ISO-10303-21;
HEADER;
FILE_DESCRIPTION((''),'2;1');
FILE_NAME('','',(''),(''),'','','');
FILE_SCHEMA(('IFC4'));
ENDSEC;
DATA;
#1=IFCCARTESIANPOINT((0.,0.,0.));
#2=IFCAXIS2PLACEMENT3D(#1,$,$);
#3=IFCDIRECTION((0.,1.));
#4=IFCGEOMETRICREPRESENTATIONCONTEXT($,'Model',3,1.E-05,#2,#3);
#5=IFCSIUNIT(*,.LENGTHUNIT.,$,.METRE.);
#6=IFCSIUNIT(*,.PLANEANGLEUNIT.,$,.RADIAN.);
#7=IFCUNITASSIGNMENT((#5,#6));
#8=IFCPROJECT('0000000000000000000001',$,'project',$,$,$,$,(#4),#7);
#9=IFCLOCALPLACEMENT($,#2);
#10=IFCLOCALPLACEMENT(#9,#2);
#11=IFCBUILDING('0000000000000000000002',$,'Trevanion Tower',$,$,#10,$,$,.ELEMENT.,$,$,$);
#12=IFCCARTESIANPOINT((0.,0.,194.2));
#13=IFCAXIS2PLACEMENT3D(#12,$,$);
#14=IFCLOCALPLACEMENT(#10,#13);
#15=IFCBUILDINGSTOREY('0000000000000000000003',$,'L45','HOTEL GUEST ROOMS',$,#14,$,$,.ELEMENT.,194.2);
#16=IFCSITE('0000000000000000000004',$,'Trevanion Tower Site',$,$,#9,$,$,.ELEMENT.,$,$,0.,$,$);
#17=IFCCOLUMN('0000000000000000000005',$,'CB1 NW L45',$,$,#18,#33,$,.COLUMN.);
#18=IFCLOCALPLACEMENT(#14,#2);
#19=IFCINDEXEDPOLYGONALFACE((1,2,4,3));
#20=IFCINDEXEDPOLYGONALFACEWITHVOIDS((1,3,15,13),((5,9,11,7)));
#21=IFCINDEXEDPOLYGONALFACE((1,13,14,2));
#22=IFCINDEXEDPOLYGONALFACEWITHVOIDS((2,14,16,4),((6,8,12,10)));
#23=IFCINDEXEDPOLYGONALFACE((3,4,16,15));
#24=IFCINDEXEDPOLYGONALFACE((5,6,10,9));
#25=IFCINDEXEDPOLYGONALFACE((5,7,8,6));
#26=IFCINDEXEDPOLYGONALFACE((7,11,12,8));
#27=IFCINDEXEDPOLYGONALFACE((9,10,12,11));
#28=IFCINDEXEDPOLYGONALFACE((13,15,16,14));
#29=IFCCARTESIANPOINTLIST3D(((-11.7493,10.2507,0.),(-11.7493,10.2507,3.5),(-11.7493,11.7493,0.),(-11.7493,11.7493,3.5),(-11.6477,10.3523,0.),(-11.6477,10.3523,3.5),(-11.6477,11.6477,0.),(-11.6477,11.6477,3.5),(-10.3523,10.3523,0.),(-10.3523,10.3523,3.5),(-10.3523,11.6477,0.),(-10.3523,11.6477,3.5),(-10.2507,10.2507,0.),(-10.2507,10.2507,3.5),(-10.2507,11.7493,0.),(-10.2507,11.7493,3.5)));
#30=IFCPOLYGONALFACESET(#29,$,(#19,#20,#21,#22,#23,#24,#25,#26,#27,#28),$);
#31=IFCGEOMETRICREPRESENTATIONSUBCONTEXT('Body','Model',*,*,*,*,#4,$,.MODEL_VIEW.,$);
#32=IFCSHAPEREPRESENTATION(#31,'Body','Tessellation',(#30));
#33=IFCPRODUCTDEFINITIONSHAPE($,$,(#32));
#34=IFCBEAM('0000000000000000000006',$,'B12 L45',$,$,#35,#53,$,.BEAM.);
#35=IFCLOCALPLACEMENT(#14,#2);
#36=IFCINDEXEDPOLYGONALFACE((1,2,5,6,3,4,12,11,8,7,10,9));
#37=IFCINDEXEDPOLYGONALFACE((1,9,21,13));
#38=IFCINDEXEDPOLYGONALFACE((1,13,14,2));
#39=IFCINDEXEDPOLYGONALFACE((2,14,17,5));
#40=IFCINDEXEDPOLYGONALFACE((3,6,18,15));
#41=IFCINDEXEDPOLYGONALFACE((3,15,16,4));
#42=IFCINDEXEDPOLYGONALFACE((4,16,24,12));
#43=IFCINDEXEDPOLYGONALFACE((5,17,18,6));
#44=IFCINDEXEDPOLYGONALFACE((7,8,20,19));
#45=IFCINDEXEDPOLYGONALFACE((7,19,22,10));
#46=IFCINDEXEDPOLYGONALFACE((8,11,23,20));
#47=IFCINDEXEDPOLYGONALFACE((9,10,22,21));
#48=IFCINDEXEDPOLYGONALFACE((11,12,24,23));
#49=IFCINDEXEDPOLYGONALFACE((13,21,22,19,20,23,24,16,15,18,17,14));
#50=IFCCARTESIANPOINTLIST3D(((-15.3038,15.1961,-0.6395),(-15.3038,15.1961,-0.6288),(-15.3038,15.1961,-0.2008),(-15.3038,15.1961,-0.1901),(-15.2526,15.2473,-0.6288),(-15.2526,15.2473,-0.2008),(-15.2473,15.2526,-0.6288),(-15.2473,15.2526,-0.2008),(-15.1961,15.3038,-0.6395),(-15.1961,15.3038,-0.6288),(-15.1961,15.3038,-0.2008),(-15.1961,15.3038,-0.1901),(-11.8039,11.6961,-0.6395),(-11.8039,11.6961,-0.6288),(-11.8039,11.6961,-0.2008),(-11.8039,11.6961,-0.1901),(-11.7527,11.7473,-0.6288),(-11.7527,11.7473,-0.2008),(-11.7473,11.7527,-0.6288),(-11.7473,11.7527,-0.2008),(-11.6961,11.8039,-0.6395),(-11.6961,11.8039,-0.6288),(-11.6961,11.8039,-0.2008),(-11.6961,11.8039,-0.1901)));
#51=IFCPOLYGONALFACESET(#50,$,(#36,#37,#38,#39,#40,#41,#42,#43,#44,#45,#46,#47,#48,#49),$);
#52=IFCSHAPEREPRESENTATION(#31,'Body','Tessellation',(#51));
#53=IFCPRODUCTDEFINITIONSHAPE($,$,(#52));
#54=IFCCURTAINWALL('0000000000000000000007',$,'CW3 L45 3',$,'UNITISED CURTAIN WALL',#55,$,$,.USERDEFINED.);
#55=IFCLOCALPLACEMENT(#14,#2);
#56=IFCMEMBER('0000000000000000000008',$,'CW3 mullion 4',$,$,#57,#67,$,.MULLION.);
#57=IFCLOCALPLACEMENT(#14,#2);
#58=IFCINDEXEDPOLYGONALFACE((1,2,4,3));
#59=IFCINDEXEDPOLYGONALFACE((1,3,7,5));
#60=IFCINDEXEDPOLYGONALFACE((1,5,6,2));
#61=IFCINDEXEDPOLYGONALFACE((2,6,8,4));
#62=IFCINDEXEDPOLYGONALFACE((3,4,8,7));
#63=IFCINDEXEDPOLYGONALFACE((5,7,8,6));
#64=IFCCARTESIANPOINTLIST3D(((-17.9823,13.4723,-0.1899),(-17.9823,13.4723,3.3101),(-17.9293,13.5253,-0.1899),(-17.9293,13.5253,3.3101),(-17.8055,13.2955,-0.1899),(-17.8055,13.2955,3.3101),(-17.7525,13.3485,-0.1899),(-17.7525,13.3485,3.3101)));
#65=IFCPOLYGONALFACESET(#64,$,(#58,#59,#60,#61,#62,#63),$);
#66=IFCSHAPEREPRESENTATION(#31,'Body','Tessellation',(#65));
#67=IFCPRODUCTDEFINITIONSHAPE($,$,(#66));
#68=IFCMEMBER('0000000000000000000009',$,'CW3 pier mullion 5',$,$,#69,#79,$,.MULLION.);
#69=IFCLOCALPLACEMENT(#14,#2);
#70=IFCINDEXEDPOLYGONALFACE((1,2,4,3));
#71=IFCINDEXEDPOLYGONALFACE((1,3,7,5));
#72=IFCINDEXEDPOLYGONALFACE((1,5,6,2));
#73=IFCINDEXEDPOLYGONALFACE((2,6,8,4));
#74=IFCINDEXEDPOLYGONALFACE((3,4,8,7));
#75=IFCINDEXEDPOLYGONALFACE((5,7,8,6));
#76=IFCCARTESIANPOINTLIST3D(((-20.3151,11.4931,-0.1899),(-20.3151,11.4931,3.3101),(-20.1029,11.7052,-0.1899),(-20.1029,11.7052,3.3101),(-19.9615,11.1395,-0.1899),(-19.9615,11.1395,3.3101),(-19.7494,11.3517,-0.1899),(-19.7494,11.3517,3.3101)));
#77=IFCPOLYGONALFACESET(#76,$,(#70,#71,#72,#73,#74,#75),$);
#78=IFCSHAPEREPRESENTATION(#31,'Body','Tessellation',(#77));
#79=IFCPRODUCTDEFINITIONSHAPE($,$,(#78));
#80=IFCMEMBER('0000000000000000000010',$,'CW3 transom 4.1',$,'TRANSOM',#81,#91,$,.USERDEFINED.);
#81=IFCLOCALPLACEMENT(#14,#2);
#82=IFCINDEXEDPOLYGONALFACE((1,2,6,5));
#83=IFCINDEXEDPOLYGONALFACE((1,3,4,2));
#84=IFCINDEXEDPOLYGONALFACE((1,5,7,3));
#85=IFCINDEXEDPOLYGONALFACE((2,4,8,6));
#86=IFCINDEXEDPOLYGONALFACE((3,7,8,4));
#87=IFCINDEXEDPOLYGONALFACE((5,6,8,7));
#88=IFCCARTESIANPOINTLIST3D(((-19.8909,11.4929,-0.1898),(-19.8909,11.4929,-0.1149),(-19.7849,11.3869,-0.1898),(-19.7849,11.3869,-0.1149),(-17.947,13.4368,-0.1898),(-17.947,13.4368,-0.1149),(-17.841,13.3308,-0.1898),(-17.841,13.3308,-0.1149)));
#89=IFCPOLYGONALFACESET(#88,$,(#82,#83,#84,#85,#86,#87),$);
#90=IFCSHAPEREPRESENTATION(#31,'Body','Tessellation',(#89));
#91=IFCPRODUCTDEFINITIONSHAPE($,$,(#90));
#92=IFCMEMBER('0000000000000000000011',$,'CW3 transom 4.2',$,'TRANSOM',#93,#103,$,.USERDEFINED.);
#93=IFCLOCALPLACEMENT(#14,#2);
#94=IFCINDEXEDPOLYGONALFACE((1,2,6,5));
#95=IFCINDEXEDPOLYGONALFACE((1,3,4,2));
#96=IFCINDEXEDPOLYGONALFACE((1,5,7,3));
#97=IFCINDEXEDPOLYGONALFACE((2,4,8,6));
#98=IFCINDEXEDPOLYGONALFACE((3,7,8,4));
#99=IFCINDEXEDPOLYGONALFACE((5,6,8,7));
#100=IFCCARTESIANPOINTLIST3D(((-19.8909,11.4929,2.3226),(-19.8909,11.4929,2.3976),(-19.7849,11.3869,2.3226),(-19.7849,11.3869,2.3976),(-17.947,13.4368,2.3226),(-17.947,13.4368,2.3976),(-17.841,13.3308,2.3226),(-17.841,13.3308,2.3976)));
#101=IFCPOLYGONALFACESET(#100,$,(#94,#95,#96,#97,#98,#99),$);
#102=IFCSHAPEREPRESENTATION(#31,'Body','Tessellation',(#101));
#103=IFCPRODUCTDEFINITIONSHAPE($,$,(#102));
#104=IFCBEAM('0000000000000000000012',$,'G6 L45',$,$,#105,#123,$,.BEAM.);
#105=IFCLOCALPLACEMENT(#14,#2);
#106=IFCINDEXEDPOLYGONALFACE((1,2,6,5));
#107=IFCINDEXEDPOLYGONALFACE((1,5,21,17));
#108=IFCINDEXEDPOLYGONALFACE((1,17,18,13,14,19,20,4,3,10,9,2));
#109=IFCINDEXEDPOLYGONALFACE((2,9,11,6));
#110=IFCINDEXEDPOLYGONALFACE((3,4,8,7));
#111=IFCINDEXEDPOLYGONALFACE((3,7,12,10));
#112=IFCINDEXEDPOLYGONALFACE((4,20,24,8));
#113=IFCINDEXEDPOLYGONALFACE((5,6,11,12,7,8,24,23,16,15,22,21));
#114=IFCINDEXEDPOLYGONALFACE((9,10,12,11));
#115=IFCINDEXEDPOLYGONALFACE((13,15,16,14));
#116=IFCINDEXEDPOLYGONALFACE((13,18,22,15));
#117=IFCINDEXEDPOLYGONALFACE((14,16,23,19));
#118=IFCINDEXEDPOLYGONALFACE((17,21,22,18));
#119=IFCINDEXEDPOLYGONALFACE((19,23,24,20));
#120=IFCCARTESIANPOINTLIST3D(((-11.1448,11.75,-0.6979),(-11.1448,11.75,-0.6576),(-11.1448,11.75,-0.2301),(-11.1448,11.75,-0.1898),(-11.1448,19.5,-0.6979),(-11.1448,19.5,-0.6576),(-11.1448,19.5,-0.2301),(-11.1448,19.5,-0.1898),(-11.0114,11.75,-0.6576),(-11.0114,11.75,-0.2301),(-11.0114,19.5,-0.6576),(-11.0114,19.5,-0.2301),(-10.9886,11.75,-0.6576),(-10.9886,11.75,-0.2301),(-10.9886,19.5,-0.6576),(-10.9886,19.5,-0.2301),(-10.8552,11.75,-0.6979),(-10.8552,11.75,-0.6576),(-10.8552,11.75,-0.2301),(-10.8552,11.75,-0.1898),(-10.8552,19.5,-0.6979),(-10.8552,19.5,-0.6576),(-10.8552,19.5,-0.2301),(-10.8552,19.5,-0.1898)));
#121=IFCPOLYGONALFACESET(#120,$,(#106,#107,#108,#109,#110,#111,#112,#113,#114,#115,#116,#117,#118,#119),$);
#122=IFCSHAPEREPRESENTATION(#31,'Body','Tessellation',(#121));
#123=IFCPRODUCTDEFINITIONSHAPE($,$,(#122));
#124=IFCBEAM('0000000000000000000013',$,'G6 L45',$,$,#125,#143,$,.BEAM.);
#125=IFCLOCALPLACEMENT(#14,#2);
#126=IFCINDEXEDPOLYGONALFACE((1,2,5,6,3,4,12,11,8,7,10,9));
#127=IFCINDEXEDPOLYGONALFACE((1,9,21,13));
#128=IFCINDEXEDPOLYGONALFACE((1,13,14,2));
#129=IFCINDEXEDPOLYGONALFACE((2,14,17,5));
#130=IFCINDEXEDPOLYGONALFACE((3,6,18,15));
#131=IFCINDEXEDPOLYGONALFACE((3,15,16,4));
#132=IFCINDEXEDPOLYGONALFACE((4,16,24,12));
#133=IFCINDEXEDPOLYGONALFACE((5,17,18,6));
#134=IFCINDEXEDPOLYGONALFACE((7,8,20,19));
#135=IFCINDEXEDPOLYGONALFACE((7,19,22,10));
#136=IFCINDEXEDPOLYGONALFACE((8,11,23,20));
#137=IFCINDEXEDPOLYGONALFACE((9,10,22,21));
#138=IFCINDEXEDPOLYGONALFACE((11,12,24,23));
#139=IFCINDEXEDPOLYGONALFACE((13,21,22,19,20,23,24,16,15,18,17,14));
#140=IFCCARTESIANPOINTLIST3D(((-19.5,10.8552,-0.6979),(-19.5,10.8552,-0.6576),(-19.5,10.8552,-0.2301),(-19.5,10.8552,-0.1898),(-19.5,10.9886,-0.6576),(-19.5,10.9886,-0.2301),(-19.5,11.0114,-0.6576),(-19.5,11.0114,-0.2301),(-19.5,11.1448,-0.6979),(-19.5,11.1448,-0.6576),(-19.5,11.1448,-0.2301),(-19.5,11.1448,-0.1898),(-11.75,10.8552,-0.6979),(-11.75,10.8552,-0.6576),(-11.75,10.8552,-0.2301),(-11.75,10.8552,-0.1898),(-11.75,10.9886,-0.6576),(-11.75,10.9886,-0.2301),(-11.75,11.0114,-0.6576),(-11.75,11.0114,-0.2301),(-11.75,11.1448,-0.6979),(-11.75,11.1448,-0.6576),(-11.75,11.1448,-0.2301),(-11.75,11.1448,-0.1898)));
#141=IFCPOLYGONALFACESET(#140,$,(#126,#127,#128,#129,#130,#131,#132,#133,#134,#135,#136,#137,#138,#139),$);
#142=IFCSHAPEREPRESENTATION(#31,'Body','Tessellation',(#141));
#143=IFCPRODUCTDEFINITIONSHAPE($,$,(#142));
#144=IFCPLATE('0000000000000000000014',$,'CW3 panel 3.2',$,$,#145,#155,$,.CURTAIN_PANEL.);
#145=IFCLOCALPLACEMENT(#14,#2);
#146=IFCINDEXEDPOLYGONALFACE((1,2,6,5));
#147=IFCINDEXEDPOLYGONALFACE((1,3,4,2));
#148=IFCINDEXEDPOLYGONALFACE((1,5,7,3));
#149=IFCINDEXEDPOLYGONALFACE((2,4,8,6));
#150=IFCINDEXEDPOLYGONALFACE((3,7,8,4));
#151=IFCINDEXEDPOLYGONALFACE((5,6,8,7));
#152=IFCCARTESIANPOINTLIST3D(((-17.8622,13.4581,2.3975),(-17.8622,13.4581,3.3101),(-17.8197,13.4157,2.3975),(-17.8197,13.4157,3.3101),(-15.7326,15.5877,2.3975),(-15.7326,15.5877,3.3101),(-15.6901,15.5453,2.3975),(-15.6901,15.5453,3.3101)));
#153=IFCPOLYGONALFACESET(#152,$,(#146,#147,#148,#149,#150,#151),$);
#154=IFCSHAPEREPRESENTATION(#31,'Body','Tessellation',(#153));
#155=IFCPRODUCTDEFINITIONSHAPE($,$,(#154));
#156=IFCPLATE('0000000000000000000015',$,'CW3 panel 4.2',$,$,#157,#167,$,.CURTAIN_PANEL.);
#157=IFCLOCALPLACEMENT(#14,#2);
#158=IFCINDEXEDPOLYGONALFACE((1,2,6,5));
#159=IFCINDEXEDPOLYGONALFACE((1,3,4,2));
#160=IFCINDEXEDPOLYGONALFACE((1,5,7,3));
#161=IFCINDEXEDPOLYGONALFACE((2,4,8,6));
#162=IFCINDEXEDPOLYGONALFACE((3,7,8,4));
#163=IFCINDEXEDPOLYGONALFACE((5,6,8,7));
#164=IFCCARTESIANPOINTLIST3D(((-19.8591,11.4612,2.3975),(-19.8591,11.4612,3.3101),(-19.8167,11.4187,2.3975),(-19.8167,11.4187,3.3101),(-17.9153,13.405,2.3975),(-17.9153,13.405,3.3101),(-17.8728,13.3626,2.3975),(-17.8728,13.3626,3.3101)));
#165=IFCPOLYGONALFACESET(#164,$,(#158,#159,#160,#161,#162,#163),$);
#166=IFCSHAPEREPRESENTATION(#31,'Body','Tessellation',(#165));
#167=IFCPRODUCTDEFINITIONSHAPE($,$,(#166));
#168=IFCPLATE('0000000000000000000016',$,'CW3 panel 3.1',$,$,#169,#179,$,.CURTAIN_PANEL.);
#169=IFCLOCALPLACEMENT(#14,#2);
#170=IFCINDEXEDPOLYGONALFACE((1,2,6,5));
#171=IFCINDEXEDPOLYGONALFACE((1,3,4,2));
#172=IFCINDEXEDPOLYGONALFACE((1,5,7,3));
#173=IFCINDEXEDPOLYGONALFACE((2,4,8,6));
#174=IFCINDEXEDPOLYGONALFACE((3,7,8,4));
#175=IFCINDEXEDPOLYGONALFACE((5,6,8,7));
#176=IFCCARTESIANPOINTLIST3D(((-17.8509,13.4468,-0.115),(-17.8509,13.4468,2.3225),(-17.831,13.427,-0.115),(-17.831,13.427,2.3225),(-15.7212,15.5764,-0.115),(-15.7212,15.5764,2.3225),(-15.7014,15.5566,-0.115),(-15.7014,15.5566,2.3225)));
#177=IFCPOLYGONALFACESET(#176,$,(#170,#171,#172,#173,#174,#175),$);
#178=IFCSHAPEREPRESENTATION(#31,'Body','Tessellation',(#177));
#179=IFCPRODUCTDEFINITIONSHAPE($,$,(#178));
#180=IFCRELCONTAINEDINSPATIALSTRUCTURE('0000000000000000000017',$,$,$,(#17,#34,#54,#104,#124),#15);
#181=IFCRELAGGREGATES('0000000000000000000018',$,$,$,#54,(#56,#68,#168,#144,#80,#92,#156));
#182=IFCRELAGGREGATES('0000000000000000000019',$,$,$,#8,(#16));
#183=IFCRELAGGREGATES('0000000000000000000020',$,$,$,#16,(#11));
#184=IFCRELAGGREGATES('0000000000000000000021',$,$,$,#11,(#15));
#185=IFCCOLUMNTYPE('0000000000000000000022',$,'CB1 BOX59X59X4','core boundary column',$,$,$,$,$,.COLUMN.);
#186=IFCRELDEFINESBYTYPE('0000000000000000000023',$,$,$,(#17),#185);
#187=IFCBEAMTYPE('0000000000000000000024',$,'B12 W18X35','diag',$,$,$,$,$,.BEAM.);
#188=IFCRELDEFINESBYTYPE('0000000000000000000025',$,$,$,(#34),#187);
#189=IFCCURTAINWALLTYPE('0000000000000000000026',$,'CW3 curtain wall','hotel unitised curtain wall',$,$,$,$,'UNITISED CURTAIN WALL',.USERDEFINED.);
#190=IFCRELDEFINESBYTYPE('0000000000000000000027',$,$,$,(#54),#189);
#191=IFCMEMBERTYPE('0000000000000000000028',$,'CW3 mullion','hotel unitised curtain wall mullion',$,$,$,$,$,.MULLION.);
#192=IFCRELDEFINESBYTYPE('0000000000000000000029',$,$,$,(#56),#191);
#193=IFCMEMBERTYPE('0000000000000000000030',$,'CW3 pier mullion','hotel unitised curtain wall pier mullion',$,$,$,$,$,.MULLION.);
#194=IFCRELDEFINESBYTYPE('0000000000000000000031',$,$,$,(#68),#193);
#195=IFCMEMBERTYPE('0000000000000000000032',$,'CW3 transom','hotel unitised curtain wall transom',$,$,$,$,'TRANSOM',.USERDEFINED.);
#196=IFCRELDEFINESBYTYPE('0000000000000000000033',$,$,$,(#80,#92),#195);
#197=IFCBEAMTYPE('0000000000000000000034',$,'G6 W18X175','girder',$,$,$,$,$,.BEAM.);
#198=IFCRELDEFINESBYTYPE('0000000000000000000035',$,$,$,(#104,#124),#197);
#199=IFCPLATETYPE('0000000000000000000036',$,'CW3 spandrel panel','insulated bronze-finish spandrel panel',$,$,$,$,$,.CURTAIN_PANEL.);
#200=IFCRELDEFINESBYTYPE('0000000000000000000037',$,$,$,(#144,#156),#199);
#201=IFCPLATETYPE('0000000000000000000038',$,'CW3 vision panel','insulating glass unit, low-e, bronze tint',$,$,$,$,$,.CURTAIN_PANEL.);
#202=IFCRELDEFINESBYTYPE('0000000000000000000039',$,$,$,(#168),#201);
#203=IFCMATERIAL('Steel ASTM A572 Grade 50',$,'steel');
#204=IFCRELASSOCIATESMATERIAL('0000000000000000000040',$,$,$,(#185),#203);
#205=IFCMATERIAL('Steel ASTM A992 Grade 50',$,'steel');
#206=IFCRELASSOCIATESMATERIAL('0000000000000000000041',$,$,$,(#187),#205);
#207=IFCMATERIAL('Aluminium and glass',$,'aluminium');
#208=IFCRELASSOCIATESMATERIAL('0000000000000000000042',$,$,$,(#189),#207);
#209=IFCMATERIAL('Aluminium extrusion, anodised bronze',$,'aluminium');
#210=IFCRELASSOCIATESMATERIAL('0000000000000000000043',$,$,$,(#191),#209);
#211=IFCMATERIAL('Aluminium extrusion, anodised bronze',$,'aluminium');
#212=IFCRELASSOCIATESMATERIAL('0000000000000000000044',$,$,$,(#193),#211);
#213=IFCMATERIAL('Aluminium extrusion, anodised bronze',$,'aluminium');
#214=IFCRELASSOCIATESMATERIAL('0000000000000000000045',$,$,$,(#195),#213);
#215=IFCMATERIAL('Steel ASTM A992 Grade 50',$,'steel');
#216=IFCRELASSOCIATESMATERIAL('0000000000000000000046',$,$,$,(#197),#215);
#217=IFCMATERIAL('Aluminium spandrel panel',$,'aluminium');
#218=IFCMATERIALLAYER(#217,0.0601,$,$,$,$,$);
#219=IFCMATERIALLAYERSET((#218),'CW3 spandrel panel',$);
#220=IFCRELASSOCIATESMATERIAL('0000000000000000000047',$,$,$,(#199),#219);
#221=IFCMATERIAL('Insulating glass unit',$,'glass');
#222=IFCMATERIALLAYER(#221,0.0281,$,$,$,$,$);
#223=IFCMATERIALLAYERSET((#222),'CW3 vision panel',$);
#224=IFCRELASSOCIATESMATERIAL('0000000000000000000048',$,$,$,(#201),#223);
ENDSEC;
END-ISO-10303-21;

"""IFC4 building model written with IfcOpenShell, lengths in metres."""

from ifc_helpers import new_model, si_unit, direction, frame, origin, origin_2d, place, context, subcontext, project, spatial, rectangle, hollow_rectangle, i_section, extrude, material, layer, layer_set, material_profile, profile_set, type_object, element, aggregate, save


model = new_model("IFC4")

# Units and contexts
model_context = context("Model", 3, precision=1e-05, world=origin(), true_north=direction((0.0, 1.0)))
body_context = subcontext(model_context, "Body", "Model", "MODEL_VIEW")
ifc_project = project(units=[si_unit("LENGTHUNIT", "METRE"), si_unit("PLANEANGLEUNIT", "RADIAN")], contexts=[model_context])

# Site, building, storey
site_placement = place(None, origin())
site = spatial("IfcSite", under=ifc_project, at=site_placement, Name="Trevanion Tower Site", CompositionType="ELEMENT", RefElevation=0.0)
building_placement = place(site_placement, origin())
building = spatial("IfcBuilding", under=site, at=building_placement, Name="Trevanion Tower", CompositionType="ELEMENT")
storey_placement = place(building_placement, frame((0.0, 0.0, 194.2)))
storey = spatial("IfcBuildingStorey", under=building, at=storey_placement, Name="L45", Description="HOTEL GUEST ROOMS", CompositionType="ELEMENT", Elevation=194.2)

# Column
ifc_material_1 = material(Name="Steel ASTM A572 Grade 50", Category="steel")
ifc_material_profile_1 = material_profile(ifc_material_1, hollow_rectangle(XDim=1.4985, YDim=1.4985, WallThickness=0.1016, at=origin_2d()), Name="BOX59X59X4")
ifc_profile_set_1 = profile_set([ifc_material_profile_1], Name="Steel ASTM A572 Grade 50")
column_type = type_object("IfcColumnType", Name="CB1 BOX59X59X4", Description="core boundary column", PredefinedType="COLUMN", material=ifc_profile_set_1)
column_placement = place(storey_placement, frame((-11.0, 11.0, 0.0), z_axis=(0.0, 0.0, 1.0), x_axis=(1.0, 0.0, 0.0)))
element("IfcColumn", 1, at=column_placement, inside=storey, type_object=column_type, Name="CB1 NW L45", PredefinedType="COLUMN", context=body_context, shape_type="SweptSolid", body=[
    extrude(hollow_rectangle(XDim=1.4985, YDim=1.4985, WallThickness=0.1016, at=origin_2d()), origin(), (0.0, 0.0, 1.0), 3.5),
])

# Beam
ifc_material_2 = material(Name="Steel ASTM A992 Grade 50", Category="steel")
ifc_material_profile_2 = material_profile(ifc_material_2, i_section(OverallWidth=0.1523, OverallDepth=0.4495, WebThickness=0.0076, FlangeThickness=0.0107, at=origin_2d()), Name="W18X35")
ifc_profile_set_2 = profile_set([ifc_material_profile_2], Name="Steel ASTM A992 Grade 50")
beam_type_1 = type_object("IfcBeamType", Name="B12 W18X35", Description="diag", PredefinedType="BEAM", material=ifc_profile_set_2)
beam_placement = place(storey_placement, frame((-11.75, 11.75, -0.4148), z_axis=(-0.707107, 0.707107, 0.0), x_axis=(-0.707107, -0.707107, 0.0)))
element("IfcBeam", 2, at=beam_placement, inside=storey, type_object=beam_type_1, Name="B12 L45", PredefinedType="BEAM", context=body_context, shape_type="SweptSolid", body=[
    extrude(i_section(OverallWidth=0.1523, OverallDepth=0.4495, WebThickness=0.0076, FlangeThickness=0.0107, at=origin_2d()), origin(), (0.0, 0.0, 1.0), 4.9497),
])

# Curtain wall, members
ifc_material_3 = material(Name="Aluminium and glass", Category="aluminium")
curtain_wall_type = type_object("IfcCurtainWallType", Name="CW3 curtain wall", Description="hotel unitised curtain wall", ElementType="UNITISED CURTAIN WALL", PredefinedType="USERDEFINED", material=ifc_material_3)
curtain_wall_placement = place(storey_placement, origin())
curtain_wall = element("IfcCurtainWall", 3, at=curtain_wall_placement, inside=storey, type_object=curtain_wall_type, Name="CW3 L45 3", ObjectType="UNITISED CURTAIN WALL", PredefinedType="USERDEFINED")
ifc_material_4 = material(Name="Aluminium extrusion, anodised bronze", Category="aluminium")
ifc_material_profile_3 = material_profile(ifc_material_4, rectangle(XDim=0.075, YDim=0.25, at=origin_2d()), Name="CW3 mullion")
ifc_profile_set_3 = profile_set([ifc_material_profile_3], Name="Aluminium extrusion, anodised bronze")
member_type_1 = type_object("IfcMemberType", Name="CW3 mullion", Description="hotel unitised curtain wall mullion", PredefinedType="MULLION", material=ifc_profile_set_3)
member_1_placement = place(storey_placement, frame((-17.8674, 13.4104, -0.1899), z_axis=(0.0, 0.0, 1.0), x_axis=(-0.707107, -0.707107, 0.0)))
member_1 = element("IfcMember", 4, at=member_1_placement, type_object=member_type_1, Name="CW3 mullion 4", PredefinedType="MULLION", context=body_context, shape_type="SweptSolid", body=[
    extrude(rectangle(XDim=0.075, YDim=0.25, at=origin_2d()), origin(), (0.0, 0.0, 1.0), 3.5),
])
ifc_material_5 = material(Name="Aluminium extrusion, anodised bronze", Category="aluminium")
ifc_material_profile_4 = material_profile(ifc_material_5, rectangle(XDim=0.3, YDim=0.5, at=origin_2d()), Name="CW3 pier mullion")
ifc_profile_set_4 = profile_set([ifc_material_profile_4], Name="Aluminium extrusion, anodised bronze")
member_type_2 = type_object("IfcMemberType", Name="CW3 pier mullion", Description="hotel unitised curtain wall pier mullion", PredefinedType="MULLION", material=ifc_profile_set_4)
member_2_placement = place(storey_placement, frame((-20.0322, 11.4224, -0.1899), z_axis=(0.0, 0.0, 1.0), x_axis=(-0.707107, -0.707107, 0.0)))
member_2 = element("IfcMember", 5, at=member_2_placement, type_object=member_type_2, Name="CW3 pier mullion 5", PredefinedType="MULLION", context=body_context, shape_type="SweptSolid", body=[
    extrude(rectangle(XDim=0.3, YDim=0.5, at=origin_2d()), origin(), (0.0, 0.0, 1.0), 3.5),
])
ifc_material_6 = material(Name="Aluminium extrusion, anodised bronze", Category="aluminium")
ifc_material_profile_5 = material_profile(ifc_material_6, rectangle(XDim=0.1499, YDim=0.075, at=origin_2d()), Name="CW3 transom")
ifc_profile_set_5 = profile_set([ifc_material_profile_5], Name="Aluminium extrusion, anodised bronze")
member_type_3 = type_object("IfcMemberType", Name="CW3 transom", Description="hotel unitised curtain wall transom", ElementType="TRANSOM", PredefinedType="USERDEFINED", material=ifc_profile_set_5)
member_3_placement = place(storey_placement, frame((-17.894, 13.3838, -0.1523), z_axis=(-0.707107, -0.707107, 0.0), x_axis=(0.707107, -0.707107, 0.0)))
member_3 = element("IfcMember", 6, at=member_3_placement, type_object=member_type_3, Name="CW3 transom 4.1", ObjectType="TRANSOM", PredefinedType="USERDEFINED", context=body_context, shape_type="SweptSolid", body=[
    extrude(rectangle(XDim=0.1499, YDim=0.075, at=origin_2d()), origin(), (0.0, 0.0, 1.0), 2.749),
])
member_4_placement = place(storey_placement, frame((-17.894, 13.3838, 2.3601), z_axis=(-0.707107, -0.707107, 0.0), x_axis=(0.707107, -0.707107, 0.0)))
member_4 = element("IfcMember", 7, at=member_4_placement, type_object=member_type_3, Name="CW3 transom 4.2", ObjectType="TRANSOM", PredefinedType="USERDEFINED", context=body_context, shape_type="SweptSolid", body=[
    extrude(rectangle(XDim=0.1499, YDim=0.075, at=origin_2d()), origin(), (0.0, 0.0, 1.0), 2.749),
])

# Beams
ifc_material_7 = material(Name="Steel ASTM A992 Grade 50", Category="steel")
ifc_material_profile_6 = material_profile(ifc_material_7, i_section(OverallWidth=0.2896, OverallDepth=0.5081, WebThickness=0.0227, FlangeThickness=0.0403, at=origin_2d()), Name="W18X175")
ifc_profile_set_6 = profile_set([ifc_material_profile_6], Name="Steel ASTM A992 Grade 50")
beam_type_2 = type_object("IfcBeamType", Name="G6 W18X175", Description="girder", PredefinedType="BEAM", material=ifc_profile_set_6)
for number, where, z_axis, x_axis, name in (
    (8, (-11.0, 11.75, -0.4438), (0.0, 1.0, 0.0), (-1.0, 0.0, 0.0), "G6 L45"),
    (9, (-11.75, 11.0, -0.4438), (-1.0, 0.0, 0.0), (0.0, -1.0, 0.0), "G6 L45"),
):
    element("IfcBeam", number, at=place(storey_placement, frame(where, z_axis=z_axis, x_axis=x_axis)), inside=storey, type_object=beam_type_2, Name=name, PredefinedType="BEAM", context=body_context, shape_type="SweptSolid", body=[
        extrude(i_section(OverallWidth=0.2896, OverallDepth=0.5081, WebThickness=0.0227, FlangeThickness=0.0403, at=origin_2d()), origin(), (0.0, 0.0, 1.0), 7.75),
    ])

# Plates
ifc_material_8 = material(Name="Aluminium spandrel panel", Category="aluminium")
ifc_layer_1 = layer(ifc_material_8, 0.0601)
ifc_layer_set_1 = layer_set([ifc_layer_1], Name="CW3 spandrel panel")
plate_type_1 = type_object("IfcPlateType", Name="CW3 spandrel panel", Description="insulated bronze-finish spandrel panel", PredefinedType="CURTAIN_PANEL", material=ifc_layer_set_1)
plate_1_placement = place(storey_placement, frame((-16.7761, 14.5017, 2.3975), z_axis=(0.0, 0.0, 1.0), x_axis=(-0.707107, -0.707107, 0.0)))
plate_1 = element("IfcPlate", 10, at=plate_1_placement, type_object=plate_type_1, Name="CW3 panel 3.2", PredefinedType="CURTAIN_PANEL", context=body_context, shape_type="SweptSolid", body=[
    extrude(rectangle(XDim=3.0117, YDim=0.0601, at=origin_2d()), origin(), (0.0, 0.0, 1.0), 0.9126),
])
plate_2_placement = place(storey_placement, frame((-18.866, 12.4119, 2.3975), z_axis=(0.0, 0.0, 1.0), x_axis=(-0.707107, -0.707107, 0.0)))
plate_2 = element("IfcPlate", 11, at=plate_2_placement, type_object=plate_type_1, Name="CW3 panel 4.2", PredefinedType="CURTAIN_PANEL", context=body_context, shape_type="SweptSolid", body=[
    extrude(rectangle(XDim=2.749, YDim=0.0601, at=origin_2d()), origin(), (0.0, 0.0, 1.0), 0.9126),
])
ifc_material_9 = material(Name="Insulating glass unit", Category="glass")
ifc_layer_2 = layer(ifc_material_9, 0.0281)
ifc_layer_set_2 = layer_set([ifc_layer_2], Name="CW3 vision panel")
plate_type_2 = type_object("IfcPlateType", Name="CW3 vision panel", Description="insulating glass unit, low-e, bronze tint", PredefinedType="CURTAIN_PANEL", material=ifc_layer_set_2)
plate_3_placement = place(storey_placement, frame((-16.7761, 14.5017, -0.115), z_axis=(0.0, 0.0, 1.0), x_axis=(-0.707107, -0.707107, 0.0)))
plate_3 = element("IfcPlate", 12, at=plate_3_placement, type_object=plate_type_2, Name="CW3 panel 3.1", PredefinedType="CURTAIN_PANEL", context=body_context, shape_type="SweptSolid", body=[
    extrude(rectangle(XDim=3.0117, YDim=0.0281, at=origin_2d()), origin(), (0.0, 0.0, 1.0), 2.4375),
])
aggregate(curtain_wall, [member_1, member_2, plate_3, plate_1, member_3, member_4, plate_2])

save(model, "model.ifc")
